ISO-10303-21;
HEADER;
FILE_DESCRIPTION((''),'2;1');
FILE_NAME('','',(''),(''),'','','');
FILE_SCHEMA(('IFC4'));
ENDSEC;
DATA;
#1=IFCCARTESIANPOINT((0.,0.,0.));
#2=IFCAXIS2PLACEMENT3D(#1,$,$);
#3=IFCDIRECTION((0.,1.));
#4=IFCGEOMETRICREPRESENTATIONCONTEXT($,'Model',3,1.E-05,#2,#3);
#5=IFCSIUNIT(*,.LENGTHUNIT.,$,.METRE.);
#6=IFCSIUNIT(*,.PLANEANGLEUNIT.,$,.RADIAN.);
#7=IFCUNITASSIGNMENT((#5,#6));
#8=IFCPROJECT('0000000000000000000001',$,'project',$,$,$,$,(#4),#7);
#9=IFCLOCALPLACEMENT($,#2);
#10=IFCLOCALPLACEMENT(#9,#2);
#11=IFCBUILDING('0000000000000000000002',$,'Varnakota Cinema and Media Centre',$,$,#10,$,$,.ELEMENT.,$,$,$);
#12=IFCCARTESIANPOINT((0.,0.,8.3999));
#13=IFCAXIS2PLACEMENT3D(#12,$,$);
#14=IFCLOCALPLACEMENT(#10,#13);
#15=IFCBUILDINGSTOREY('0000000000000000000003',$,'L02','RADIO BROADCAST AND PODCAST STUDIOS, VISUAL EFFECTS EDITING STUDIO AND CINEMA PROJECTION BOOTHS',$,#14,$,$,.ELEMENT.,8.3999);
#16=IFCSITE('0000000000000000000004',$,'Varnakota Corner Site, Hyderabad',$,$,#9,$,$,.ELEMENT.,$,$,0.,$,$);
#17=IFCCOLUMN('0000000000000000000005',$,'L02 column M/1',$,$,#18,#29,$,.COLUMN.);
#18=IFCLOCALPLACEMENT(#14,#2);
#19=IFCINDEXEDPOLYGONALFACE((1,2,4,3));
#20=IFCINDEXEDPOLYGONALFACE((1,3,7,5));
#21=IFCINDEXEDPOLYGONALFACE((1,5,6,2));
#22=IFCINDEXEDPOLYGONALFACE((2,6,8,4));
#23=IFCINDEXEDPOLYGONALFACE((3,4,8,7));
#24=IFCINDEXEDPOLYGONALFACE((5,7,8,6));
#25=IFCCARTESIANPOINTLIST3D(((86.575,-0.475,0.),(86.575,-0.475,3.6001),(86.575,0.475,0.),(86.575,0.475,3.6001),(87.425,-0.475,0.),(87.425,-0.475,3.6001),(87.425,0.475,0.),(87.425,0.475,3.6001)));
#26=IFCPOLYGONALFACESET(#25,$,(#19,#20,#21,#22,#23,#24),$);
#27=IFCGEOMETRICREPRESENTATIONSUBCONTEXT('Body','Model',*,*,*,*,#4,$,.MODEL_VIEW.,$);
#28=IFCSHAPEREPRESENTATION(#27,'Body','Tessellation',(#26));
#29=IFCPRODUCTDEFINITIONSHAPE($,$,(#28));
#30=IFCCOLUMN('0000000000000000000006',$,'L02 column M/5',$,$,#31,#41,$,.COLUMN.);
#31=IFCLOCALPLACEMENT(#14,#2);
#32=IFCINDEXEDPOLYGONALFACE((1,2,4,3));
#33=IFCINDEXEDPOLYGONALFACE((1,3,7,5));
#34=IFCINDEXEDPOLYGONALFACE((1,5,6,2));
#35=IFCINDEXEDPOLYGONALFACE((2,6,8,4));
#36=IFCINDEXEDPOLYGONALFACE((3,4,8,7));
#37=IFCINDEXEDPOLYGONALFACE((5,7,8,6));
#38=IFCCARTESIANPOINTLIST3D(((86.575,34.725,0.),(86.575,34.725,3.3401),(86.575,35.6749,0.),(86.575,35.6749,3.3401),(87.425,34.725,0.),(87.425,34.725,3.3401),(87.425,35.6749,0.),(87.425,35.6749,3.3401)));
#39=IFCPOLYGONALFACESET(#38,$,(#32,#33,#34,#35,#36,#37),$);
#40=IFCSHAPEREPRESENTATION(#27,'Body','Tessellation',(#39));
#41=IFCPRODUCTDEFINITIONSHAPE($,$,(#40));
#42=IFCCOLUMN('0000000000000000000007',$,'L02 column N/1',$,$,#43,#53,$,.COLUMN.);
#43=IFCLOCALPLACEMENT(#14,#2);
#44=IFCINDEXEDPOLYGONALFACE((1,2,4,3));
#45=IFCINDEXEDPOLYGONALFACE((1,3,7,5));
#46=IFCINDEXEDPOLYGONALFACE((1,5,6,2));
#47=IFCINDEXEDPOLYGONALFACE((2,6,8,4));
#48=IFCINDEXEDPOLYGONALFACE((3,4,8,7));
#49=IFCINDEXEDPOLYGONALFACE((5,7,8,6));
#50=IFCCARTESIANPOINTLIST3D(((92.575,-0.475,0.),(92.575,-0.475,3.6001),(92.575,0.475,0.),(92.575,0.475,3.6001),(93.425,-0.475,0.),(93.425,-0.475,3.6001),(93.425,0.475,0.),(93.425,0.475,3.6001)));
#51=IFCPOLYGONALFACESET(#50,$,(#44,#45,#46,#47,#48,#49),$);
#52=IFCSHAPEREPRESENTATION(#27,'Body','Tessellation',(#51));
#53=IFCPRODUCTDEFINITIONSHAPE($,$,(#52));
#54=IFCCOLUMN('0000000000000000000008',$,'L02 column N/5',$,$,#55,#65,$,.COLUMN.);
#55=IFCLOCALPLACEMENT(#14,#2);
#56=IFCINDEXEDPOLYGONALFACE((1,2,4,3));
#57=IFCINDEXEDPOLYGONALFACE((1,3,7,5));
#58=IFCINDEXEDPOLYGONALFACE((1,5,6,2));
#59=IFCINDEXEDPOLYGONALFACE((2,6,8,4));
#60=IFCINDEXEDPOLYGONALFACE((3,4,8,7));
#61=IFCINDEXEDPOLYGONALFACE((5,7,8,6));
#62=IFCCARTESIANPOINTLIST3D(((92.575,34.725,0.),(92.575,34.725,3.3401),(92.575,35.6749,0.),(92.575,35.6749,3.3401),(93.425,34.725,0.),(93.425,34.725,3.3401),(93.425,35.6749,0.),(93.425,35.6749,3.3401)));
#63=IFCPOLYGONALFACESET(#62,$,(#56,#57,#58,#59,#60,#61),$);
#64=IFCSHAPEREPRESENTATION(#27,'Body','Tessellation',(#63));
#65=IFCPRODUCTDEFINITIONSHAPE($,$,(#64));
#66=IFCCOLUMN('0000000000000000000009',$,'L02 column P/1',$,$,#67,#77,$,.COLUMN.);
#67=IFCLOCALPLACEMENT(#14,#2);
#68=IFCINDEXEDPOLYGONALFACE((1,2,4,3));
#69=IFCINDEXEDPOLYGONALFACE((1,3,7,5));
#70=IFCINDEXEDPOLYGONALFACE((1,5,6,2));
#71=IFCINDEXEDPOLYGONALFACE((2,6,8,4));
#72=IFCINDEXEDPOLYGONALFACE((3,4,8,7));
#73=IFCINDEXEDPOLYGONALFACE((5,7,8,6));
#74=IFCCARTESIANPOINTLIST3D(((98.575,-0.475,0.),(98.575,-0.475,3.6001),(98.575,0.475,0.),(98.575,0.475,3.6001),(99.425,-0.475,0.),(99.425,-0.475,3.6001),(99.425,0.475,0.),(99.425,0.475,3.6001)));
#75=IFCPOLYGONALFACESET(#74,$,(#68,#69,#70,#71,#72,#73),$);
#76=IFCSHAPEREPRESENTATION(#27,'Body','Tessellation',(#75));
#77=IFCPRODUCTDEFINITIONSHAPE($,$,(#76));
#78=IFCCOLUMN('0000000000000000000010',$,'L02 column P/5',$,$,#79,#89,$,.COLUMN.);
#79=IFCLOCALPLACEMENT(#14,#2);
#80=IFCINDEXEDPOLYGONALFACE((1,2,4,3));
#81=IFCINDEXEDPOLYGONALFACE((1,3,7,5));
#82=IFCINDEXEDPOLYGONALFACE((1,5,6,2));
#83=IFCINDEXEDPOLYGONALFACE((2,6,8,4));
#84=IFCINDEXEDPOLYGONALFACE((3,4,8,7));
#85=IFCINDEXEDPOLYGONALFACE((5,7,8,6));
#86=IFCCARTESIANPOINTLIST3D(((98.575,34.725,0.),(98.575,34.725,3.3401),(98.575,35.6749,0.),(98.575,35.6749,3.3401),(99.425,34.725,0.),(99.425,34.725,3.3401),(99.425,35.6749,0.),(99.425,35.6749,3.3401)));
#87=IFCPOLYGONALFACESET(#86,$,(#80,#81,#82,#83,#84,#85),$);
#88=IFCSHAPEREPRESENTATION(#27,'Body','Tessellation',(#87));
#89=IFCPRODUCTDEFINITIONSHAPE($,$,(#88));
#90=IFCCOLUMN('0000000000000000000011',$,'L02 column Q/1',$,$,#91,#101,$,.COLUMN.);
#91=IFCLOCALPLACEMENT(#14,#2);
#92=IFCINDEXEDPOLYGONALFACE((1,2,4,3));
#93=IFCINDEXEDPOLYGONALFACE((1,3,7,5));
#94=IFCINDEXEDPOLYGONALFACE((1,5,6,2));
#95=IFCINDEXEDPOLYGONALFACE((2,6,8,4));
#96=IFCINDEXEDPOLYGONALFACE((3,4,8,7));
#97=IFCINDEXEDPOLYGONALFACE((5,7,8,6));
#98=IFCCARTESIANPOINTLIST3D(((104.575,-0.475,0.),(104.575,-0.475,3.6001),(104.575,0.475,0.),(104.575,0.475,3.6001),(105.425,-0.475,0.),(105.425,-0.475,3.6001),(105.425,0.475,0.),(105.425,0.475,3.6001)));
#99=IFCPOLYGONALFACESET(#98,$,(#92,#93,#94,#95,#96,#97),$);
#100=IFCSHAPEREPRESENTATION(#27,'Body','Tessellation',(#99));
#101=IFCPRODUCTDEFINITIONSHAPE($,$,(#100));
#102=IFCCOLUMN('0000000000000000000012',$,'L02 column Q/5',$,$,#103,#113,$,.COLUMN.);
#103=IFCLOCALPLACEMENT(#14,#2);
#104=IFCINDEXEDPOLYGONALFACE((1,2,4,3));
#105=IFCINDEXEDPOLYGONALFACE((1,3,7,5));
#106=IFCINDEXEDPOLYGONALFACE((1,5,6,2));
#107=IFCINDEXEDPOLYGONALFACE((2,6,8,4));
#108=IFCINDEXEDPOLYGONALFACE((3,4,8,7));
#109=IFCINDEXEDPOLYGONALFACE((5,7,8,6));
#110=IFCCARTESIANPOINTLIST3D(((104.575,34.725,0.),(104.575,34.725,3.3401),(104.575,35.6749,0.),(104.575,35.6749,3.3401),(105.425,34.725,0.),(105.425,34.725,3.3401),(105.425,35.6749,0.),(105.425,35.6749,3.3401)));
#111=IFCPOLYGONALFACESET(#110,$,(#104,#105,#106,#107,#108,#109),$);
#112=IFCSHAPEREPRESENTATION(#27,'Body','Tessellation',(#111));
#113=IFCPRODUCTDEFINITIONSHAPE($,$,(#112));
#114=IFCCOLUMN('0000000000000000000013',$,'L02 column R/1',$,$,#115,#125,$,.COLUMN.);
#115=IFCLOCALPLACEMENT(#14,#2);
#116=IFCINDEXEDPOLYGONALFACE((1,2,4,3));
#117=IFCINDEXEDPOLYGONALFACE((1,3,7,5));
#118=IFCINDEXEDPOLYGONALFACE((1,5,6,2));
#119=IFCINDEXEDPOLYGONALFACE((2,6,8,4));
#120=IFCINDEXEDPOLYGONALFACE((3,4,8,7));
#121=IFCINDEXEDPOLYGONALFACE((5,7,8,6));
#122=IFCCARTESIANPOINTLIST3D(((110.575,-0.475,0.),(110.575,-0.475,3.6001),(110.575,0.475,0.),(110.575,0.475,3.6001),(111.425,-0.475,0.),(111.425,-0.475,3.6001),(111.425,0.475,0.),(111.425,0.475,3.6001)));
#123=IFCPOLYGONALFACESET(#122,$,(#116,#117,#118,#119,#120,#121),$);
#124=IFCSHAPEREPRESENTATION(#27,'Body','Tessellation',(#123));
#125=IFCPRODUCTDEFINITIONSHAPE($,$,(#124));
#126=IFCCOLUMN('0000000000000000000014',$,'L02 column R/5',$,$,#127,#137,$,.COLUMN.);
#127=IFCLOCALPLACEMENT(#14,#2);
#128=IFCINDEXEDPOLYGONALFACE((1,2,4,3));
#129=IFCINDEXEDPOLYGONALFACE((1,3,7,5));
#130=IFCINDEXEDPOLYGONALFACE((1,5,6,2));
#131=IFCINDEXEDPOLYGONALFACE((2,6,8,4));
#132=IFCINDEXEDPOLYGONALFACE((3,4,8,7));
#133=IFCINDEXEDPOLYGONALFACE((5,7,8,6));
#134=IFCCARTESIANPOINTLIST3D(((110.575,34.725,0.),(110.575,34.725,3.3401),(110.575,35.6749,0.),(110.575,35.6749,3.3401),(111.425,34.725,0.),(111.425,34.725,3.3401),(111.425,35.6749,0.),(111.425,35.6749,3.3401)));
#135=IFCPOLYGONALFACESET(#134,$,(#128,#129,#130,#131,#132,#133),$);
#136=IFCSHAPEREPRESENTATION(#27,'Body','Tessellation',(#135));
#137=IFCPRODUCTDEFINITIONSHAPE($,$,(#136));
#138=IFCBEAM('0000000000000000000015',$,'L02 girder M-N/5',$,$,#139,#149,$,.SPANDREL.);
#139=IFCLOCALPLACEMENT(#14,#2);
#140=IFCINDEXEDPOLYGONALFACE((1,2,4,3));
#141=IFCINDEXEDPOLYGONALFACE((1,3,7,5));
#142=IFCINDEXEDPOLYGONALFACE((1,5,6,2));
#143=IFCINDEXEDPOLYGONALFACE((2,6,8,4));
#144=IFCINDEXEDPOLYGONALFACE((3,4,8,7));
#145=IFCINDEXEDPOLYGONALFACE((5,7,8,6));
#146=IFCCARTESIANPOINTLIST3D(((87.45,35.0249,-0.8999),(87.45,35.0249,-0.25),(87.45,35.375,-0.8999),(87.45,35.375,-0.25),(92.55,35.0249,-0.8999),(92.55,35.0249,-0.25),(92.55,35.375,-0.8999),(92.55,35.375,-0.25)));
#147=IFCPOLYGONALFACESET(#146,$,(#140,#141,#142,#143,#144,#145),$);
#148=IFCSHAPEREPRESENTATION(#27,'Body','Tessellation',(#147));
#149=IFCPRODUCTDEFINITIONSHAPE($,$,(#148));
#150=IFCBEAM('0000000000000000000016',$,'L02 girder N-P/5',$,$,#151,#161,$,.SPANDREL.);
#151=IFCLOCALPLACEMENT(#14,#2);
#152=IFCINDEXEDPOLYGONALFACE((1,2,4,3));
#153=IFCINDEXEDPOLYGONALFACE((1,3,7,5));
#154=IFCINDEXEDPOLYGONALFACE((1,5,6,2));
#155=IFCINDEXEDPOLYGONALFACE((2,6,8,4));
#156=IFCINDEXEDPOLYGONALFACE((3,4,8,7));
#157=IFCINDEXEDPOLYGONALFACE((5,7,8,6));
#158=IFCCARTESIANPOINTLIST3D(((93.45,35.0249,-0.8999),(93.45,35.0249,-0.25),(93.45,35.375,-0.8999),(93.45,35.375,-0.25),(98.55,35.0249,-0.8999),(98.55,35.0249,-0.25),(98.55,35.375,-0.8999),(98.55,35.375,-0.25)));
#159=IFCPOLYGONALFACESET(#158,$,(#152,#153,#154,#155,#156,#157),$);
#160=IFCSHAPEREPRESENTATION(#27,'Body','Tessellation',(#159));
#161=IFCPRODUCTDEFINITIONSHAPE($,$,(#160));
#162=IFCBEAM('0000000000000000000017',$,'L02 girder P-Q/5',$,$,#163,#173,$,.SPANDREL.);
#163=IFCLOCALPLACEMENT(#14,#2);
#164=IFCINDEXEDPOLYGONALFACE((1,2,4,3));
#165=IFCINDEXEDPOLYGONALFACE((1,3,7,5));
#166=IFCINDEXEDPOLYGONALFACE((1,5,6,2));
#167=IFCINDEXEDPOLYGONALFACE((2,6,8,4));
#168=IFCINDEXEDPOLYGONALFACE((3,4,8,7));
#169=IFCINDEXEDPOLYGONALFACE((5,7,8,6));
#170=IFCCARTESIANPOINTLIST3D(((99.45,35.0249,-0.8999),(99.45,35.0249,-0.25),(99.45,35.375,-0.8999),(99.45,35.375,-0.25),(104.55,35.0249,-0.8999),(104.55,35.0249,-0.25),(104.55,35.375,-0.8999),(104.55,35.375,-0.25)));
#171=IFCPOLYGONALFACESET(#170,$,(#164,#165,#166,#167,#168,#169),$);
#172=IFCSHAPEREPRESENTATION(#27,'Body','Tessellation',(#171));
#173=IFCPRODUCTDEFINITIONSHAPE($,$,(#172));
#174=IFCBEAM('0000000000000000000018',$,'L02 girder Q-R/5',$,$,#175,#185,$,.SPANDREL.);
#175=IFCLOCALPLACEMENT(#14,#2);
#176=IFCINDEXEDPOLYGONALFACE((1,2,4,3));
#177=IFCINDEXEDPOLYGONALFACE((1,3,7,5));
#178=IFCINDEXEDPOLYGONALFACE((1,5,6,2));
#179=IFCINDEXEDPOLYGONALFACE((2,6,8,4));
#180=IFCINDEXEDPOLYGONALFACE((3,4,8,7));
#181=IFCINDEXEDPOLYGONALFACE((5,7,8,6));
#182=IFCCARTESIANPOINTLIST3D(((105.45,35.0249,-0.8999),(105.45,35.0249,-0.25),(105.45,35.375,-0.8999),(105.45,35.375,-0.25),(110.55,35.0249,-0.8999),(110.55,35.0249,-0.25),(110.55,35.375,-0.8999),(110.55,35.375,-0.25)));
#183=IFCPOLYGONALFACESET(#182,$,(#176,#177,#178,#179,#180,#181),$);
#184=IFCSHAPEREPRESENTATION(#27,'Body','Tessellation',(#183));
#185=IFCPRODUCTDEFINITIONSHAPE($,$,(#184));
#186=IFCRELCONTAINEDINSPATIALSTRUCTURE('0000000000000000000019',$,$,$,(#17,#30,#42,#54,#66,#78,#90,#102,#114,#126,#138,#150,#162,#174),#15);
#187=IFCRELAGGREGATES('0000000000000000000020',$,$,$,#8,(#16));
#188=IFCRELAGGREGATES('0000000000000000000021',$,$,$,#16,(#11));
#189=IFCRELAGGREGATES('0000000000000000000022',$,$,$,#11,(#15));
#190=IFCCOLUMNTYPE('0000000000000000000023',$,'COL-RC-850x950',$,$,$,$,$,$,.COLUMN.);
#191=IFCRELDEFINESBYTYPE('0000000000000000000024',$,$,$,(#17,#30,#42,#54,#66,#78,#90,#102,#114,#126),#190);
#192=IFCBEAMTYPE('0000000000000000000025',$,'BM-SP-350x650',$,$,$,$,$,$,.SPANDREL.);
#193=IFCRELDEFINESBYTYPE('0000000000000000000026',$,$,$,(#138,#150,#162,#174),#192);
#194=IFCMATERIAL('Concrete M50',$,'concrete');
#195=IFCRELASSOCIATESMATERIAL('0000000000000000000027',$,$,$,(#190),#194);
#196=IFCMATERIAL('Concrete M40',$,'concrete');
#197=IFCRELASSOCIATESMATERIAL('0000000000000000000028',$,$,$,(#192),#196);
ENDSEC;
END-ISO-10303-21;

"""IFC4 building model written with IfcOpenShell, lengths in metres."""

from ifc_helpers import new_model, si_unit, direction, frame, origin, origin_2d, place, context, subcontext, project, spatial, rectangle, extrude, material, material_profile, profile_set, type_object, element, save


model = new_model("IFC4")

# Units and contexts
model_context = context("Model", 3, precision=1e-05, world=origin(), true_north=direction((0.0, 1.0)))
body_context = subcontext(model_context, "Body", "Model", "MODEL_VIEW")
ifc_project = project(units=[si_unit("LENGTHUNIT", "METRE"), si_unit("PLANEANGLEUNIT", "RADIAN")], contexts=[model_context])

# Site, building, storey
site_placement = place(None, origin())
site = spatial("IfcSite", under=ifc_project, at=site_placement, Name="Varnakota Corner Site, Hyderabad", CompositionType="ELEMENT", RefElevation=0.0)
building_placement = place(site_placement, origin())
building = spatial("IfcBuilding", under=site, at=building_placement, Name="Varnakota Cinema and Media Centre", CompositionType="ELEMENT")
storey_placement = place(building_placement, frame((0.0, 0.0, 8.3999)))
storey = spatial("IfcBuildingStorey", under=building, at=storey_placement, Name="L02", Description="RADIO BROADCAST AND PODCAST STUDIOS, VISUAL EFFECTS EDITING STUDIO AND CINEMA PROJECTION BOOTHS", CompositionType="ELEMENT", Elevation=8.3999)

# Columns
ifc_material_1 = material(Name="Concrete M50", Category="concrete")
ifc_material_profile_1 = material_profile(ifc_material_1, rectangle(XDim=0.8501, YDim=0.95, at=origin_2d()), Name="RC 850x950")
ifc_profile_set_1 = profile_set([ifc_material_profile_1], Name="Concrete M50")
column_type = type_object("IfcColumnType", Name="COL-RC-850x950", PredefinedType="COLUMN", material=ifc_profile_set_1)
column_1_placement = place(storey_placement, frame((87.0, 0.0, 0.0), z_axis=(0.0, 0.0, 1.0), x_axis=(1.0, 0.0, 0.0)))
element("IfcColumn", 1, at=column_1_placement, inside=storey, type_object=column_type, Name="L02 column M/1", PredefinedType="COLUMN", context=body_context, shape_type="SweptSolid", body=[
    extrude(rectangle(XDim=0.8501, YDim=0.95, at=origin_2d()), origin(), (0.0, 0.0, 1.0), 3.6001),
])
column_2_placement = place(storey_placement, frame((87.0, 35.2, 0.0), z_axis=(0.0, 0.0, 1.0), x_axis=(1.0, 0.0, 0.0)))
element("IfcColumn", 2, at=column_2_placement, inside=storey, type_object=column_type, Name="L02 column M/5", PredefinedType="COLUMN", context=body_context, shape_type="SweptSolid", body=[
    extrude(rectangle(XDim=0.8501, YDim=0.95, at=origin_2d()), origin(), (0.0, 0.0, 1.0), 3.3401),
])
column_3_placement = place(storey_placement, frame((93.0, 0.0, 0.0), z_axis=(0.0, 0.0, 1.0), x_axis=(1.0, 0.0, 0.0)))
element("IfcColumn", 3, at=column_3_placement, inside=storey, type_object=column_type, Name="L02 column N/1", PredefinedType="COLUMN", context=body_context, shape_type="SweptSolid", body=[
    extrude(rectangle(XDim=0.8501, YDim=0.95, at=origin_2d()), origin(), (0.0, 0.0, 1.0), 3.6001),
])
column_4_placement = place(storey_placement, frame((93.0, 35.2, 0.0), z_axis=(0.0, 0.0, 1.0), x_axis=(1.0, 0.0, 0.0)))
element("IfcColumn", 4, at=column_4_placement, inside=storey, type_object=column_type, Name="L02 column N/5", PredefinedType="COLUMN", context=body_context, shape_type="SweptSolid", body=[
    extrude(rectangle(XDim=0.8501, YDim=0.95, at=origin_2d()), origin(), (0.0, 0.0, 1.0), 3.3401),
])
column_5_placement = place(storey_placement, frame((99.0, 0.0, 0.0), z_axis=(0.0, 0.0, 1.0), x_axis=(1.0, 0.0, 0.0)))
element("IfcColumn", 5, at=column_5_placement, inside=storey, type_object=column_type, Name="L02 column P/1", PredefinedType="COLUMN", context=body_context, shape_type="SweptSolid", body=[
    extrude(rectangle(XDim=0.8501, YDim=0.95, at=origin_2d()), origin(), (0.0, 0.0, 1.0), 3.6001),
])
column_6_placement = place(storey_placement, frame((99.0, 35.2, 0.0), z_axis=(0.0, 0.0, 1.0), x_axis=(1.0, 0.0, 0.0)))
element("IfcColumn", 6, at=column_6_placement, inside=storey, type_object=column_type, Name="L02 column P/5", PredefinedType="COLUMN", context=body_context, shape_type="SweptSolid", body=[
    extrude(rectangle(XDim=0.8501, YDim=0.95, at=origin_2d()), origin(), (0.0, 0.0, 1.0), 3.3401),
])
column_7_placement = place(storey_placement, frame((105.0, 0.0, 0.0), z_axis=(0.0, 0.0, 1.0), x_axis=(1.0, 0.0, 0.0)))
element("IfcColumn", 7, at=column_7_placement, inside=storey, type_object=column_type, Name="L02 column Q/1", PredefinedType="COLUMN", context=body_context, shape_type="SweptSolid", body=[
    extrude(rectangle(XDim=0.8501, YDim=0.95, at=origin_2d()), origin(), (0.0, 0.0, 1.0), 3.6001),
])
column_8_placement = place(storey_placement, frame((105.0, 35.2, 0.0), z_axis=(0.0, 0.0, 1.0), x_axis=(1.0, 0.0, 0.0)))
element("IfcColumn", 8, at=column_8_placement, inside=storey, type_object=column_type, Name="L02 column Q/5", PredefinedType="COLUMN", context=body_context, shape_type="SweptSolid", body=[
    extrude(rectangle(XDim=0.8501, YDim=0.95, at=origin_2d()), origin(), (0.0, 0.0, 1.0), 3.3401),
])
column_9_placement = place(storey_placement, frame((111.0, 0.0, 0.0), z_axis=(0.0, 0.0, 1.0), x_axis=(1.0, 0.0, 0.0)))
element("IfcColumn", 9, at=column_9_placement, inside=storey, type_object=column_type, Name="L02 column R/1", PredefinedType="COLUMN", context=body_context, shape_type="SweptSolid", body=[
    extrude(rectangle(XDim=0.8501, YDim=0.95, at=origin_2d()), origin(), (0.0, 0.0, 1.0), 3.6001),
])
column_10_placement = place(storey_placement, frame((111.0, 35.2, 0.0), z_axis=(0.0, 0.0, 1.0), x_axis=(1.0, 0.0, 0.0)))
element("IfcColumn", 10, at=column_10_placement, inside=storey, type_object=column_type, Name="L02 column R/5", PredefinedType="COLUMN", context=body_context, shape_type="SweptSolid", body=[
    extrude(rectangle(XDim=0.8501, YDim=0.95, at=origin_2d()), origin(), (0.0, 0.0, 1.0), 3.3401),
])

# Beams
ifc_material_2 = material(Name="Concrete M40", Category="concrete")
ifc_material_profile_2 = material_profile(ifc_material_2, rectangle(XDim=0.3501, YDim=0.6499, at=origin_2d()), Name="RCB 350x650")
ifc_profile_set_2 = profile_set([ifc_material_profile_2], Name="Concrete M40")
beam_type_1 = type_object("IfcBeamType", Name="BM-SP-350x650", PredefinedType="SPANDREL", material=ifc_profile_set_2)
for number, where, z_axis, x_axis, name in (
    (11, (87.45, 35.2, -0.575), (1.0, 0.0, 0.0), (0.0, 1.0, 0.0), "L02 girder M-N/5"),
    (12, (93.45, 35.2, -0.575), (1.0, 0.0, 0.0), (0.0, 1.0, 0.0), "L02 girder N-P/5"),
    (13, (99.45, 35.2, -0.575), (1.0, 0.0, 0.0), (0.0, 1.0, 0.0), "L02 girder P-Q/5"),
    (14, (105.45, 35.2, -0.575), (1.0, 0.0, 0.0), (0.0, 1.0, 0.0), "L02 girder Q-R/5"),
):
    element("IfcBeam", number, at=place(storey_placement, frame(where, z_axis=z_axis, x_axis=x_axis)), inside=storey, type_object=beam_type_1, Name=name, PredefinedType="SPANDREL", context=body_context, shape_type="SweptSolid", body=[
        extrude(rectangle(XDim=0.3501, YDim=0.6499, at=origin_2d()), origin(), (0.0, 0.0, 1.0), 5.1001),
    ])

save(model, "model.ifc")
